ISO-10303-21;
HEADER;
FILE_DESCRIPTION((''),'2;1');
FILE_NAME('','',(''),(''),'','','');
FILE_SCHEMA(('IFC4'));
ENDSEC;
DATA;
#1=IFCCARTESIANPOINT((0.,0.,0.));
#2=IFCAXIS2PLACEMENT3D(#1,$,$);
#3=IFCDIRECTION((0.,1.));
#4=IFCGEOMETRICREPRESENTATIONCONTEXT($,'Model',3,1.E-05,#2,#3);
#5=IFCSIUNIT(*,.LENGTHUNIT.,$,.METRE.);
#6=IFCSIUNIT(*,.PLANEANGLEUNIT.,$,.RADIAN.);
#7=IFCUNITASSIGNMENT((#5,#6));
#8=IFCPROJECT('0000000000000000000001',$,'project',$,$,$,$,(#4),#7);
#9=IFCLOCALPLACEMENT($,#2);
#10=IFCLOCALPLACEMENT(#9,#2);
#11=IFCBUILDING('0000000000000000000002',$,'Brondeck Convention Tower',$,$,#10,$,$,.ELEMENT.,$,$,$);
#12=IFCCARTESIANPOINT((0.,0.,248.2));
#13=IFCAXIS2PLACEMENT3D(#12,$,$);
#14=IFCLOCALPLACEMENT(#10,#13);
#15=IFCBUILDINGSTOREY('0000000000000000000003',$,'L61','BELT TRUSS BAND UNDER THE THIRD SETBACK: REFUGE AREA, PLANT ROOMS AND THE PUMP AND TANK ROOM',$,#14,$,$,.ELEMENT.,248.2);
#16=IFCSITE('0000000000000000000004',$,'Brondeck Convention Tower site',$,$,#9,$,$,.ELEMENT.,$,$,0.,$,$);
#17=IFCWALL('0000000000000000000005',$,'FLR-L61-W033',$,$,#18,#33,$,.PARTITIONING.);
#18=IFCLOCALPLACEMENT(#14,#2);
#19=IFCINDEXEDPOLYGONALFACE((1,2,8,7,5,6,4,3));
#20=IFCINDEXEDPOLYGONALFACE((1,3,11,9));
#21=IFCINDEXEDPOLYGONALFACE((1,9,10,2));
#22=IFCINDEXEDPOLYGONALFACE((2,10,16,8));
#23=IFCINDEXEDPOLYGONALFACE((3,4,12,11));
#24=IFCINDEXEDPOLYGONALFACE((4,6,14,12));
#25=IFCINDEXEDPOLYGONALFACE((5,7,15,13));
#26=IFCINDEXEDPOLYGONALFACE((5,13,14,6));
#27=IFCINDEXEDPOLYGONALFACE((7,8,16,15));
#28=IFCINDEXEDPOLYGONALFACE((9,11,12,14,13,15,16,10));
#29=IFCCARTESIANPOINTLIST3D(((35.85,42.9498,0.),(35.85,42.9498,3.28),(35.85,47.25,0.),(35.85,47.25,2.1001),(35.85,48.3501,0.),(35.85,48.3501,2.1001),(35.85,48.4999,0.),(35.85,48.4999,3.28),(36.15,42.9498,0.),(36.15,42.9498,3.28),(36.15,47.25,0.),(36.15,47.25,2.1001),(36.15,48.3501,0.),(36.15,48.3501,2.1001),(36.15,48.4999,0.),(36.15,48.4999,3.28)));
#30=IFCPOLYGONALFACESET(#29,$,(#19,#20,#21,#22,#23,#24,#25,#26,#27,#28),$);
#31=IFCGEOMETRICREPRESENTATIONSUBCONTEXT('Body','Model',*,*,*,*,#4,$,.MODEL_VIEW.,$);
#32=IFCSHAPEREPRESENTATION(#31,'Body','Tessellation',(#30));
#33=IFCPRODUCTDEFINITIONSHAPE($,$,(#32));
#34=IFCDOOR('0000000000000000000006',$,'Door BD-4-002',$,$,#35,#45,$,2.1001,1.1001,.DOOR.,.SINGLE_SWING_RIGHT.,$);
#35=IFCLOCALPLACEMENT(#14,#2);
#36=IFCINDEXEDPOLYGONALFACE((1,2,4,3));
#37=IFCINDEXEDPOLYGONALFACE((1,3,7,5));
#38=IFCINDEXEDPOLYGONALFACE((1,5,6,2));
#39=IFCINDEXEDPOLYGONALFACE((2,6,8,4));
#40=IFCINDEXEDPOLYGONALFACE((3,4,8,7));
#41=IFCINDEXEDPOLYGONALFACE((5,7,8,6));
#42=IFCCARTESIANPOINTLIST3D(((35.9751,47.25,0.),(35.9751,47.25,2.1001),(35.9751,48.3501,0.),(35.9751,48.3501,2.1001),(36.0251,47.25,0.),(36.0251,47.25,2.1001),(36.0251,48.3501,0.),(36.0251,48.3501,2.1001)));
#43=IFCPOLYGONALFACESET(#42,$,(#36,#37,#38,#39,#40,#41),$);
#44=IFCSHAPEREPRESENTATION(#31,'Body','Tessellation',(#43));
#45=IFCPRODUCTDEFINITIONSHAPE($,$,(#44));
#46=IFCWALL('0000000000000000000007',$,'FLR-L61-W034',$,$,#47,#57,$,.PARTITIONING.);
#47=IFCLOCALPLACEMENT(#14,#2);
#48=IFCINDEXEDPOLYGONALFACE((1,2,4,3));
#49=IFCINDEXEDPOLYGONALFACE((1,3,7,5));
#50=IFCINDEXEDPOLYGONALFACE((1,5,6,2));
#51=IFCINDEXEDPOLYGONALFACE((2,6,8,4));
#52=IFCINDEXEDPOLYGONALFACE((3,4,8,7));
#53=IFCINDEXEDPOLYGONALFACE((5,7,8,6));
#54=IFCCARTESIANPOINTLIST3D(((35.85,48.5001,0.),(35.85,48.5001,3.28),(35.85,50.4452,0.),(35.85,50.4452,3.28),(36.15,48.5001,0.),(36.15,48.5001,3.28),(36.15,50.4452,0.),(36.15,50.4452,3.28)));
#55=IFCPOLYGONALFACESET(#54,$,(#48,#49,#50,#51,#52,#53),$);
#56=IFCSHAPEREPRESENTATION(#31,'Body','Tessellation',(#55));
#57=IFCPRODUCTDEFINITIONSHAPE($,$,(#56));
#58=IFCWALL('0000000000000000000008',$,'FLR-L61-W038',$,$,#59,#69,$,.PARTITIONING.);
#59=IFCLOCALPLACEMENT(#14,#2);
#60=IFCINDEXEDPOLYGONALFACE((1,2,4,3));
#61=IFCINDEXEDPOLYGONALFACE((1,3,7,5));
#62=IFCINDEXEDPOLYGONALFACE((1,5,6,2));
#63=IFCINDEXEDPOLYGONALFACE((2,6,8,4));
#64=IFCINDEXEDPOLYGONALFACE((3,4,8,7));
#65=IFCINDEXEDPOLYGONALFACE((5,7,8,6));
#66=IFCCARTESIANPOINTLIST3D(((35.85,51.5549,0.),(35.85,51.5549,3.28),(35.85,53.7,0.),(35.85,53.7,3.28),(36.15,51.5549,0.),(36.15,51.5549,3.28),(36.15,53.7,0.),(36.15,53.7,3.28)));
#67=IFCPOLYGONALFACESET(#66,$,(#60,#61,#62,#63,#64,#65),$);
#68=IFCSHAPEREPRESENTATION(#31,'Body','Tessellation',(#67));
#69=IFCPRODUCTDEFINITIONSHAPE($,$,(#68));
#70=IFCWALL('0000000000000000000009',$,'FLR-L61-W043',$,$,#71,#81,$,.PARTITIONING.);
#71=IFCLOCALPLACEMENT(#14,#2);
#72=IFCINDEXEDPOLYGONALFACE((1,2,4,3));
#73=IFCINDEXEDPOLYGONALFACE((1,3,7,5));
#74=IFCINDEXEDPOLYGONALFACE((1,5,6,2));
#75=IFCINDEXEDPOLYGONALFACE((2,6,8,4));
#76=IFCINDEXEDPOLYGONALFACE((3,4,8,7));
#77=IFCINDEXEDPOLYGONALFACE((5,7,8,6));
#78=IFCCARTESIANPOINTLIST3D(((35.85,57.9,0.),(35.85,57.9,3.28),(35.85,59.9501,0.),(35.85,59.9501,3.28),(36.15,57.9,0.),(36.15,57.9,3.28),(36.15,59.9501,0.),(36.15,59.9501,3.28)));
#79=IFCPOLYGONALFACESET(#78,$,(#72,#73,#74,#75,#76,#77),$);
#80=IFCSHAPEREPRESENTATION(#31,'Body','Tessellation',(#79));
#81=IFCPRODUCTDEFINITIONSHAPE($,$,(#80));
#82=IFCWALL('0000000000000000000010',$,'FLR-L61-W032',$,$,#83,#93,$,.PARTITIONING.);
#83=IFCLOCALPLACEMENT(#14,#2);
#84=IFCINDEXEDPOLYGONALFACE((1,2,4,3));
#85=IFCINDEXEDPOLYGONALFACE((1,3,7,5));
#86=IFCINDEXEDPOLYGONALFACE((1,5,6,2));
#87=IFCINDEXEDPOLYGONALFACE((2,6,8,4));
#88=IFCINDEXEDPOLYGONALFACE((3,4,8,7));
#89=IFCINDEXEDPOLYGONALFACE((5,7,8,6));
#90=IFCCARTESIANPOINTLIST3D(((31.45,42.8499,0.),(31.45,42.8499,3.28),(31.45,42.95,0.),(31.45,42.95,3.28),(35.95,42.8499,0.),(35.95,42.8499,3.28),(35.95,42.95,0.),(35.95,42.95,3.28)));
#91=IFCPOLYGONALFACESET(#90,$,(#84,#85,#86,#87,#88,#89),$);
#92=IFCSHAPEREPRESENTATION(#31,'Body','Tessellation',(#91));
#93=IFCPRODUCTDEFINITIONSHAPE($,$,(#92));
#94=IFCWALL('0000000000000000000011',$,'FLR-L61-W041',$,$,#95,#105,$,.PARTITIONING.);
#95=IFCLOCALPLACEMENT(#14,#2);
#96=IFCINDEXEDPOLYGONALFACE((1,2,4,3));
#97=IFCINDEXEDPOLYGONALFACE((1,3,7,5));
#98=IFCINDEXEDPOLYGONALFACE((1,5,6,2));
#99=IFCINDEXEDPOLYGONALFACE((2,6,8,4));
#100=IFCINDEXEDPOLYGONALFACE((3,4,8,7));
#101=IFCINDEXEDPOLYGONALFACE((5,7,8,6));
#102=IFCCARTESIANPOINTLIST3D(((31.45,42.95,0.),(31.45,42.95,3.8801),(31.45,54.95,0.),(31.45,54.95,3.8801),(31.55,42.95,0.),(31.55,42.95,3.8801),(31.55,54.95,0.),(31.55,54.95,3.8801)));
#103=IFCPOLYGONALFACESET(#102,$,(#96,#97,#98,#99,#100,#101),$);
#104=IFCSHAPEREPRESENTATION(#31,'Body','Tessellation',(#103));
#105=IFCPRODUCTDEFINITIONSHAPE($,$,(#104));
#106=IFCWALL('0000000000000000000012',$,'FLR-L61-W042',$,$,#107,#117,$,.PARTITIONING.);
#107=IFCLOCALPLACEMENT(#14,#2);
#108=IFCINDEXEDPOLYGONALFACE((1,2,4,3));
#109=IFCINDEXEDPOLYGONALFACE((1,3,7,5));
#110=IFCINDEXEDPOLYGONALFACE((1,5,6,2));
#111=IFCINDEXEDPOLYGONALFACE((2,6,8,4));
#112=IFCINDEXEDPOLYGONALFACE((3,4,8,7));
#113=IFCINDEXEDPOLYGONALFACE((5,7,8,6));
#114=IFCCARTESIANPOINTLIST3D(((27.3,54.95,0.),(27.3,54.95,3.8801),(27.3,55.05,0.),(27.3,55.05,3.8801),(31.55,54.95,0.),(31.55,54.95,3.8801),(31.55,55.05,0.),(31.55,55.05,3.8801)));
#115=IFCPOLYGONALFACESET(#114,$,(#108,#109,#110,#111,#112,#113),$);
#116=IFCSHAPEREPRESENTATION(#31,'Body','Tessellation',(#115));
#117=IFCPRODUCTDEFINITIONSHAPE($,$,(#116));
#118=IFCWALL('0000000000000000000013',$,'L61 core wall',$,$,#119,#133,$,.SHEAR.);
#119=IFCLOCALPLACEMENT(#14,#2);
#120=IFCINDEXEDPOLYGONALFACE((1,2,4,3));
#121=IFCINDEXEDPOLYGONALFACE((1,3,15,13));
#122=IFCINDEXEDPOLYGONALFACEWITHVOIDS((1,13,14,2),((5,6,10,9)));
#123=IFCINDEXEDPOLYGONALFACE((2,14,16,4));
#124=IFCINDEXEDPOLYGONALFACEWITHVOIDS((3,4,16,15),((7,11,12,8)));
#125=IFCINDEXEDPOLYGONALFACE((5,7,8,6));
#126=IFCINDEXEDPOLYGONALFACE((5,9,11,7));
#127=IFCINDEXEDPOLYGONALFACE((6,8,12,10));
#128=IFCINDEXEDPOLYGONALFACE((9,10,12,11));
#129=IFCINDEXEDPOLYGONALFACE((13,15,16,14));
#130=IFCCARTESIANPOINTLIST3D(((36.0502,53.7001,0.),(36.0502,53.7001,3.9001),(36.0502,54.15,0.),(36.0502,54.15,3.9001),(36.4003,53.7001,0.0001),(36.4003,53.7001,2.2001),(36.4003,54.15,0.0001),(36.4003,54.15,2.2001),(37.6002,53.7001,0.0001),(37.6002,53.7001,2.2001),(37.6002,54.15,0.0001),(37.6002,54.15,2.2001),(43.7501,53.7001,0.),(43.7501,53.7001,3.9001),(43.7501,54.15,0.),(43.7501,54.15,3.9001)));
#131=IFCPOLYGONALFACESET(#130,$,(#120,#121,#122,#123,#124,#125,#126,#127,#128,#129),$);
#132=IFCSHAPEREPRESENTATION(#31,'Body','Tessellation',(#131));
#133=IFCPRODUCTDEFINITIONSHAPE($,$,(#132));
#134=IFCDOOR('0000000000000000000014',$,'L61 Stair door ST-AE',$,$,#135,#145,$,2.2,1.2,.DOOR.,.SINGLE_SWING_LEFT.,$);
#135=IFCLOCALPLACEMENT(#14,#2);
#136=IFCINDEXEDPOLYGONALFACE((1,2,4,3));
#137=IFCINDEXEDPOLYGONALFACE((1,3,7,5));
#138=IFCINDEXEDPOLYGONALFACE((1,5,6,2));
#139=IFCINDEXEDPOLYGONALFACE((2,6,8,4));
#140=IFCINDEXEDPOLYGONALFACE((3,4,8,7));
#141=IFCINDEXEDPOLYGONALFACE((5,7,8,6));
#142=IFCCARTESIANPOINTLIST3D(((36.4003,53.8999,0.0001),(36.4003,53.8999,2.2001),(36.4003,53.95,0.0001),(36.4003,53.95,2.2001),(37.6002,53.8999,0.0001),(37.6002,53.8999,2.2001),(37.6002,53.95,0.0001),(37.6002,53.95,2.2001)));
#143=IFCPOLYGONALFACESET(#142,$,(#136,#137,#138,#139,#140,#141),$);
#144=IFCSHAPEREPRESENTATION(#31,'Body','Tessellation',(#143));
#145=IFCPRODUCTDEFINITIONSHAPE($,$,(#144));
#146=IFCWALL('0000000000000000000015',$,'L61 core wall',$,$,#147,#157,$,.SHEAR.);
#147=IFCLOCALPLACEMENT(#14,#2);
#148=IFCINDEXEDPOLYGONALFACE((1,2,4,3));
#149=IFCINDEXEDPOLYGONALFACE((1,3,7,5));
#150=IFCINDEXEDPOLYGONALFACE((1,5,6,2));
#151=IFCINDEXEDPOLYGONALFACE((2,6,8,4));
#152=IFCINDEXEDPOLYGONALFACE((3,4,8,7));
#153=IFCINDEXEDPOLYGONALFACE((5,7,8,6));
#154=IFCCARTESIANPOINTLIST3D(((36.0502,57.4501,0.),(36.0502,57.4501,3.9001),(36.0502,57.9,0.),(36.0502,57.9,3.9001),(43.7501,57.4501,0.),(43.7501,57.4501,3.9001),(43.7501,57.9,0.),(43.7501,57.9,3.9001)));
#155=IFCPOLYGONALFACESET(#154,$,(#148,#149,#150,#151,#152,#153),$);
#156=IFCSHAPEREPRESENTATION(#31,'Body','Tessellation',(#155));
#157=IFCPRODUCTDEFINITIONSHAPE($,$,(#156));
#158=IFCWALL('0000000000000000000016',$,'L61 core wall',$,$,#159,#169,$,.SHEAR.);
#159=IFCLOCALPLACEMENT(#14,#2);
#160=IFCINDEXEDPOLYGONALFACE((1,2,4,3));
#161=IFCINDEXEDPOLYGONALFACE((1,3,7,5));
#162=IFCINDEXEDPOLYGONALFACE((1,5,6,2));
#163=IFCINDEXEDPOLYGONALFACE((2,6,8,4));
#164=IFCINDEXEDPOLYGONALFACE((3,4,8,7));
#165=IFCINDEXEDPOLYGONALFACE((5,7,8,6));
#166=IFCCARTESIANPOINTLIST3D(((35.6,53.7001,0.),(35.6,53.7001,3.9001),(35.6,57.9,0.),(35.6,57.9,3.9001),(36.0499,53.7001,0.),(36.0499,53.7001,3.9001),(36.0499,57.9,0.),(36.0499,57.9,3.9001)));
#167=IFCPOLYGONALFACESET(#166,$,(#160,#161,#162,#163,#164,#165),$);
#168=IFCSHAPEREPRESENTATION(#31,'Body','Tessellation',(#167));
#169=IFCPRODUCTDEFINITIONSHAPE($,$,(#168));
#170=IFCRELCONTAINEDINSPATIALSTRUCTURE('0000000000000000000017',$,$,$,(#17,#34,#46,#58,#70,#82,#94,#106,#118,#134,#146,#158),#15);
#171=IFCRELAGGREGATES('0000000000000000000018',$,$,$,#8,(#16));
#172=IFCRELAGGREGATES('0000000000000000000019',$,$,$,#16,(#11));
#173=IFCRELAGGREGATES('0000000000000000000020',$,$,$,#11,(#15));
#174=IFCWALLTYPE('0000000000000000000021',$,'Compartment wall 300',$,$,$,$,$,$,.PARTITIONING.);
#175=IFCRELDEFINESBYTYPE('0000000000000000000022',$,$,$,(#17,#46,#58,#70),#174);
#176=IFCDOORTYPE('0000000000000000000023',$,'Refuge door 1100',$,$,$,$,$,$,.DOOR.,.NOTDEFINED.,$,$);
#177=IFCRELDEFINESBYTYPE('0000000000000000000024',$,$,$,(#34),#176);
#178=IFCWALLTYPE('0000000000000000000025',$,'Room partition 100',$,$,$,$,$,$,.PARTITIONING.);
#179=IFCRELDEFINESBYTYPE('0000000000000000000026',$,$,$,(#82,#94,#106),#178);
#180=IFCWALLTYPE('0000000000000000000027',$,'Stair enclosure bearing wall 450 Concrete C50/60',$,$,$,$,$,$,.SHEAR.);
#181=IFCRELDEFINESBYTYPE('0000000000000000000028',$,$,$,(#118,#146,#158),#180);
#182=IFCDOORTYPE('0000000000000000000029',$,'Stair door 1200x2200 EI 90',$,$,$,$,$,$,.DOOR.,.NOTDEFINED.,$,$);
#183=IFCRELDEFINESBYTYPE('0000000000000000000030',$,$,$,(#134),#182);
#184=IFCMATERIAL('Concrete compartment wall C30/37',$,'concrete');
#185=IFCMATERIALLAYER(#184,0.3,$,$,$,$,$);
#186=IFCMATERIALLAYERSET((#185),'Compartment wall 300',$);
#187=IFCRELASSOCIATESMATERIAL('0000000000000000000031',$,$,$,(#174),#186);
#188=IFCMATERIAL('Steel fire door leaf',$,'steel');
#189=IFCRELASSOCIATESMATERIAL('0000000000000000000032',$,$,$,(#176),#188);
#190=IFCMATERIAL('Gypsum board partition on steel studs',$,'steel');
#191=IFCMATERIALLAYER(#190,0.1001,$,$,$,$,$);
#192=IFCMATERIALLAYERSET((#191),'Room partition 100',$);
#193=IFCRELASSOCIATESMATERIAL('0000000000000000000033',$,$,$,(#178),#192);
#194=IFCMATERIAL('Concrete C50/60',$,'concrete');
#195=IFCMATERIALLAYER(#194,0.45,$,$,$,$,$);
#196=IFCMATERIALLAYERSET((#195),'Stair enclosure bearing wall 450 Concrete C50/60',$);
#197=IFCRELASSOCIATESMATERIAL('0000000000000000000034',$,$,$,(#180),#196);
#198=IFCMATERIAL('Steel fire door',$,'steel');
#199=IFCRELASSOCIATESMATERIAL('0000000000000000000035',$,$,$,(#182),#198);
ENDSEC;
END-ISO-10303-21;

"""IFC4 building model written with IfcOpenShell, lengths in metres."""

from ifc_helpers import new_model, si_unit, direction, frame, frame_2d, origin, place, context, subcontext, project, spatial, rectangle, extrude, material, layer, layer_set, type_object, element, fill, save


model = new_model("IFC4")

# Units and contexts
model_context = context("Model", 3, precision=1e-05, world=origin(), true_north=direction((0.0, 1.0)))
body_context = subcontext(model_context, "Body", "Model", "MODEL_VIEW")
ifc_project = project(units=[si_unit("LENGTHUNIT", "METRE"), si_unit("PLANEANGLEUNIT", "RADIAN")], contexts=[model_context])

# Site, building, storey
site_placement = place(None, origin())
site = spatial("IfcSite", under=ifc_project, at=site_placement, Name="Brondeck Convention Tower site", CompositionType="ELEMENT", RefElevation=0.0)
building_placement = place(site_placement, origin())
building = spatial("IfcBuilding", under=site, at=building_placement, Name="Brondeck Convention Tower", CompositionType="ELEMENT")
storey_placement = place(building_placement, frame((0.0, 0.0, 248.2)))
storey = spatial("IfcBuildingStorey", under=building, at=storey_placement, Name="L61", Description="BELT TRUSS BAND UNDER THE THIRD SETBACK: REFUGE AREA, PLANT ROOMS AND THE PUMP AND TANK ROOM", CompositionType="ELEMENT", Elevation=248.2)

# Shared definitions
ifc_material_1 = material(Name="Concrete C50/60", Category="concrete")

# Wall, opening, door
ifc_material_2 = material(Name="Concrete compartment wall C30/37", Category="concrete")
ifc_layer_1 = layer(ifc_material_2, 0.3)
ifc_layer_set_1 = layer_set([ifc_layer_1], Name="Compartment wall 300")
wall_type_1 = type_object("IfcWallType", Name="Compartment wall 300", PredefinedType="PARTITIONING", material=ifc_layer_set_1)
wall_1_placement = place(storey_placement, frame((36.0, 42.95, 0.0), z_axis=(0.0, 0.0, 1.0), x_axis=(0.0, 1.0, 0.0)))
wall_1 = element("IfcWall", 1, at=wall_1_placement, inside=storey, type_object=wall_type_1, Name="FLR-L61-W033", PredefinedType="PARTITIONING", context=body_context, shape_type="SweptSolid", body=[
    extrude(rectangle(XDim=5.55, YDim=0.3, at=frame_2d((2.7749, 0.0))), origin(), (0.0, 0.0, 1.0), 3.28),
])
opening_1_placement = place(wall_1_placement, frame((4.3, 0.0, 0.0)))
opening_1 = element("IfcOpeningElement", 2, at=opening_1_placement, cuts=wall_1, PredefinedType="OPENING", context=body_context, shape_type="SweptSolid", body=[
    extrude(rectangle(XDim=1.1001, YDim=2.1001, at=frame_2d((0.55, 1.05))), frame((0.0, 0.1599, 0.0), z_axis=(0.0, -1.0, 0.0), x_axis=(1.0, 0.0, 0.0)), (0.0, 0.0, 1.0), 0.3201),
])
ifc_material_3 = material(Name="Steel fire door leaf", Category="steel")
door_type_1 = type_object("IfcDoorType", Name="Refuge door 1100", OperationType="NOTDEFINED", PredefinedType="DOOR", material=ifc_material_3)
door_1_placement = place(opening_1_placement, origin())
door_1 = element("IfcDoor", 3, at=door_1_placement, inside=storey, type_object=door_type_1, Name="Door BD-4-002", OperationType="SINGLE_SWING_RIGHT", OverallHeight=2.1001, OverallWidth=1.1001, PredefinedType="DOOR", context=body_context, shape_type="SweptSolid", body=[
    extrude(rectangle(XDim=1.1001, YDim=2.1001, at=frame_2d((0.55, 1.05))), frame((0.0, 0.0249, 0.0), z_axis=(0.0, -1.0, 0.0), x_axis=(1.0, 0.0, 0.0)), (0.0, 0.0, 1.0), 0.05),
])
fill(opening_1, door_1)

# Walls
wall_2_placement = place(storey_placement, frame((36.0, 48.5, 0.0), z_axis=(0.0, 0.0, 1.0), x_axis=(0.0, 1.0, 0.0)))
element("IfcWall", 4, at=wall_2_placement, inside=storey, type_object=wall_type_1, Name="FLR-L61-W034", PredefinedType="PARTITIONING", context=body_context, shape_type="SweptSolid", body=[
    extrude(rectangle(XDim=1.9451, YDim=0.3, at=frame_2d((0.9727, 0.0))), origin(), (0.0, 0.0, 1.0), 3.28),
])
wall_3_placement = place(storey_placement, frame((36.0, 51.5549, 0.0), z_axis=(0.0, 0.0, 1.0), x_axis=(0.0, 1.0, 0.0)))
element("IfcWall", 5, at=wall_3_placement, inside=storey, type_object=wall_type_1, Name="FLR-L61-W038", PredefinedType="PARTITIONING", context=body_context, shape_type="SweptSolid", body=[
    extrude(rectangle(XDim=2.145, YDim=0.3, at=frame_2d((1.0725, 0.0))), origin(), (0.0, 0.0, 1.0), 3.28),
])
wall_4_placement = place(storey_placement, frame((36.0, 59.95, 0.0), z_axis=(0.0, 0.0, 1.0), x_axis=(0.0, -1.0, 0.0)))
element("IfcWall", 6, at=wall_4_placement, inside=storey, type_object=wall_type_1, Name="FLR-L61-W043", PredefinedType="PARTITIONING", context=body_context, shape_type="SweptSolid", body=[
    extrude(rectangle(XDim=2.05, YDim=0.3, at=frame_2d((1.0249, 0.0))), origin(), (0.0, 0.0, 1.0), 3.28),
])
ifc_material_4 = material(Name="Gypsum board partition on steel studs", Category="steel")
ifc_layer_2 = layer(ifc_material_4, 0.1001)
ifc_layer_set_2 = layer_set([ifc_layer_2], Name="Room partition 100")
wall_type_2 = type_object("IfcWallType", Name="Room partition 100", PredefinedType="PARTITIONING", material=ifc_layer_set_2)
wall_5_placement = place(storey_placement, frame((31.45, 42.8999, 0.0), z_axis=(0.0, 0.0, 1.0), x_axis=(1.0, 0.0, 0.0)))
element("IfcWall", 7, at=wall_5_placement, inside=storey, type_object=wall_type_2, Name="FLR-L61-W032", PredefinedType="PARTITIONING", context=body_context, shape_type="SweptSolid", body=[
    extrude(rectangle(XDim=4.5, YDim=0.1001, at=frame_2d((2.25, 0.0))), origin(), (0.0, 0.0, 1.0), 3.28),
])
wall_6_placement = place(storey_placement, frame((31.5, 54.95, 0.0), z_axis=(0.0, 0.0, 1.0), x_axis=(0.0, -1.0, 0.0)))
element("IfcWall", 8, at=wall_6_placement, inside=storey, type_object=wall_type_2, Name="FLR-L61-W041", PredefinedType="PARTITIONING", context=body_context, shape_type="SweptSolid", body=[
    extrude(rectangle(XDim=12.0, YDim=0.1001, at=frame_2d((6.0, 0.0))), origin(), (0.0, 0.0, 1.0), 3.8801),
])
wall_7_placement = place(storey_placement, frame((27.3, 55.0, 0.0), z_axis=(0.0, 0.0, 1.0), x_axis=(1.0, 0.0, 0.0)))
element("IfcWall", 9, at=wall_7_placement, inside=storey, type_object=wall_type_2, Name="FLR-L61-W042", PredefinedType="PARTITIONING", context=body_context, shape_type="SweptSolid", body=[
    extrude(rectangle(XDim=4.25, YDim=0.1001, at=frame_2d((2.125, 0.0))), origin(), (0.0, 0.0, 1.0), 3.8801),
])

# Wall, opening, door
ifc_layer_3 = layer(ifc_material_1, 0.45)
ifc_layer_set_3 = layer_set([ifc_layer_3], Name="Stair enclosure bearing wall 450 Concrete C50/60")
wall_type_3 = type_object("IfcWallType", Name="Stair enclosure bearing wall 450 Concrete C50/60", PredefinedType="SHEAR", material=ifc_layer_set_3)
wall_8_placement = place(storey_placement, frame((36.05, 53.925, 0.0), z_axis=(0.0, 0.0, 1.0), x_axis=(1.0, 0.0, 0.0)))
wall_8 = element("IfcWall", 10, at=wall_8_placement, inside=storey, type_object=wall_type_3, Name="L61 core wall", PredefinedType="SHEAR", context=body_context, shape_type="SweptSolid", body=[
    extrude(rectangle(XDim=7.7, YDim=0.45, at=frame_2d((3.8501, 0.0))), origin(), (0.0, 0.0, 1.0), 3.9001),
])
opening_2_placement = place(wall_8_placement, frame((0.3501, 0.0, 0.0)))
opening_2 = element("IfcOpeningElement", 11, at=opening_2_placement, cuts=wall_8, PredefinedType="OPENING", context=body_context, shape_type="SweptSolid", body=[
    extrude(rectangle(XDim=1.2, YDim=2.2, at=frame_2d((0.6001, 1.1001))), frame((0.0, 0.2349, 0.0), z_axis=(0.0, -1.0, 0.0), x_axis=(1.0, 0.0, 0.0)), (0.0, 0.0, 1.0), 0.47),
])
ifc_material_5 = material(Name="Steel fire door", Category="steel")
door_type_2 = type_object("IfcDoorType", Name="Stair door 1200x2200 EI 90", OperationType="NOTDEFINED", PredefinedType="DOOR", material=ifc_material_5)
door_2_placement = place(opening_2_placement, origin())
door_2 = element("IfcDoor", 12, at=door_2_placement, inside=storey, type_object=door_type_2, Name="L61 Stair door ST-AE", OperationType="SINGLE_SWING_LEFT", OverallHeight=2.2, OverallWidth=1.2, PredefinedType="DOOR", context=body_context, shape_type="SweptSolid", body=[
    extrude(rectangle(XDim=1.2, YDim=2.2, at=frame_2d((0.6001, 1.1001))), frame((0.0, 0.0249, 0.0), z_axis=(0.0, -1.0, 0.0), x_axis=(1.0, 0.0, 0.0)), (0.0, 0.0, 1.0), 0.05),
])
fill(opening_2, door_2)

# Walls
wall_9_placement = place(storey_placement, frame((36.05, 57.675, 0.0), z_axis=(0.0, 0.0, 1.0), x_axis=(1.0, 0.0, 0.0)))
element("IfcWall", 13, at=wall_9_placement, inside=storey, type_object=wall_type_3, Name="L61 core wall", PredefinedType="SHEAR", context=body_context, shape_type="SweptSolid", body=[
    extrude(rectangle(XDim=7.7, YDim=0.45, at=frame_2d((3.8501, 0.0))), origin(), (0.0, 0.0, 1.0), 3.9001),
])
wall_10_placement = place(storey_placement, frame((35.825, 53.7, 0.0), z_axis=(0.0, 0.0, 1.0), x_axis=(0.0, 1.0, 0.0)))
element("IfcWall", 14, at=wall_10_placement, inside=storey, type_object=wall_type_3, Name="L61 core wall", PredefinedType="SHEAR", context=body_context, shape_type="SweptSolid", body=[
    extrude(rectangle(XDim=4.2, YDim=0.45, at=frame_2d((2.1001, 0.0))), origin(), (0.0, 0.0, 1.0), 3.9001),
])

save(model, "model.ifc")
